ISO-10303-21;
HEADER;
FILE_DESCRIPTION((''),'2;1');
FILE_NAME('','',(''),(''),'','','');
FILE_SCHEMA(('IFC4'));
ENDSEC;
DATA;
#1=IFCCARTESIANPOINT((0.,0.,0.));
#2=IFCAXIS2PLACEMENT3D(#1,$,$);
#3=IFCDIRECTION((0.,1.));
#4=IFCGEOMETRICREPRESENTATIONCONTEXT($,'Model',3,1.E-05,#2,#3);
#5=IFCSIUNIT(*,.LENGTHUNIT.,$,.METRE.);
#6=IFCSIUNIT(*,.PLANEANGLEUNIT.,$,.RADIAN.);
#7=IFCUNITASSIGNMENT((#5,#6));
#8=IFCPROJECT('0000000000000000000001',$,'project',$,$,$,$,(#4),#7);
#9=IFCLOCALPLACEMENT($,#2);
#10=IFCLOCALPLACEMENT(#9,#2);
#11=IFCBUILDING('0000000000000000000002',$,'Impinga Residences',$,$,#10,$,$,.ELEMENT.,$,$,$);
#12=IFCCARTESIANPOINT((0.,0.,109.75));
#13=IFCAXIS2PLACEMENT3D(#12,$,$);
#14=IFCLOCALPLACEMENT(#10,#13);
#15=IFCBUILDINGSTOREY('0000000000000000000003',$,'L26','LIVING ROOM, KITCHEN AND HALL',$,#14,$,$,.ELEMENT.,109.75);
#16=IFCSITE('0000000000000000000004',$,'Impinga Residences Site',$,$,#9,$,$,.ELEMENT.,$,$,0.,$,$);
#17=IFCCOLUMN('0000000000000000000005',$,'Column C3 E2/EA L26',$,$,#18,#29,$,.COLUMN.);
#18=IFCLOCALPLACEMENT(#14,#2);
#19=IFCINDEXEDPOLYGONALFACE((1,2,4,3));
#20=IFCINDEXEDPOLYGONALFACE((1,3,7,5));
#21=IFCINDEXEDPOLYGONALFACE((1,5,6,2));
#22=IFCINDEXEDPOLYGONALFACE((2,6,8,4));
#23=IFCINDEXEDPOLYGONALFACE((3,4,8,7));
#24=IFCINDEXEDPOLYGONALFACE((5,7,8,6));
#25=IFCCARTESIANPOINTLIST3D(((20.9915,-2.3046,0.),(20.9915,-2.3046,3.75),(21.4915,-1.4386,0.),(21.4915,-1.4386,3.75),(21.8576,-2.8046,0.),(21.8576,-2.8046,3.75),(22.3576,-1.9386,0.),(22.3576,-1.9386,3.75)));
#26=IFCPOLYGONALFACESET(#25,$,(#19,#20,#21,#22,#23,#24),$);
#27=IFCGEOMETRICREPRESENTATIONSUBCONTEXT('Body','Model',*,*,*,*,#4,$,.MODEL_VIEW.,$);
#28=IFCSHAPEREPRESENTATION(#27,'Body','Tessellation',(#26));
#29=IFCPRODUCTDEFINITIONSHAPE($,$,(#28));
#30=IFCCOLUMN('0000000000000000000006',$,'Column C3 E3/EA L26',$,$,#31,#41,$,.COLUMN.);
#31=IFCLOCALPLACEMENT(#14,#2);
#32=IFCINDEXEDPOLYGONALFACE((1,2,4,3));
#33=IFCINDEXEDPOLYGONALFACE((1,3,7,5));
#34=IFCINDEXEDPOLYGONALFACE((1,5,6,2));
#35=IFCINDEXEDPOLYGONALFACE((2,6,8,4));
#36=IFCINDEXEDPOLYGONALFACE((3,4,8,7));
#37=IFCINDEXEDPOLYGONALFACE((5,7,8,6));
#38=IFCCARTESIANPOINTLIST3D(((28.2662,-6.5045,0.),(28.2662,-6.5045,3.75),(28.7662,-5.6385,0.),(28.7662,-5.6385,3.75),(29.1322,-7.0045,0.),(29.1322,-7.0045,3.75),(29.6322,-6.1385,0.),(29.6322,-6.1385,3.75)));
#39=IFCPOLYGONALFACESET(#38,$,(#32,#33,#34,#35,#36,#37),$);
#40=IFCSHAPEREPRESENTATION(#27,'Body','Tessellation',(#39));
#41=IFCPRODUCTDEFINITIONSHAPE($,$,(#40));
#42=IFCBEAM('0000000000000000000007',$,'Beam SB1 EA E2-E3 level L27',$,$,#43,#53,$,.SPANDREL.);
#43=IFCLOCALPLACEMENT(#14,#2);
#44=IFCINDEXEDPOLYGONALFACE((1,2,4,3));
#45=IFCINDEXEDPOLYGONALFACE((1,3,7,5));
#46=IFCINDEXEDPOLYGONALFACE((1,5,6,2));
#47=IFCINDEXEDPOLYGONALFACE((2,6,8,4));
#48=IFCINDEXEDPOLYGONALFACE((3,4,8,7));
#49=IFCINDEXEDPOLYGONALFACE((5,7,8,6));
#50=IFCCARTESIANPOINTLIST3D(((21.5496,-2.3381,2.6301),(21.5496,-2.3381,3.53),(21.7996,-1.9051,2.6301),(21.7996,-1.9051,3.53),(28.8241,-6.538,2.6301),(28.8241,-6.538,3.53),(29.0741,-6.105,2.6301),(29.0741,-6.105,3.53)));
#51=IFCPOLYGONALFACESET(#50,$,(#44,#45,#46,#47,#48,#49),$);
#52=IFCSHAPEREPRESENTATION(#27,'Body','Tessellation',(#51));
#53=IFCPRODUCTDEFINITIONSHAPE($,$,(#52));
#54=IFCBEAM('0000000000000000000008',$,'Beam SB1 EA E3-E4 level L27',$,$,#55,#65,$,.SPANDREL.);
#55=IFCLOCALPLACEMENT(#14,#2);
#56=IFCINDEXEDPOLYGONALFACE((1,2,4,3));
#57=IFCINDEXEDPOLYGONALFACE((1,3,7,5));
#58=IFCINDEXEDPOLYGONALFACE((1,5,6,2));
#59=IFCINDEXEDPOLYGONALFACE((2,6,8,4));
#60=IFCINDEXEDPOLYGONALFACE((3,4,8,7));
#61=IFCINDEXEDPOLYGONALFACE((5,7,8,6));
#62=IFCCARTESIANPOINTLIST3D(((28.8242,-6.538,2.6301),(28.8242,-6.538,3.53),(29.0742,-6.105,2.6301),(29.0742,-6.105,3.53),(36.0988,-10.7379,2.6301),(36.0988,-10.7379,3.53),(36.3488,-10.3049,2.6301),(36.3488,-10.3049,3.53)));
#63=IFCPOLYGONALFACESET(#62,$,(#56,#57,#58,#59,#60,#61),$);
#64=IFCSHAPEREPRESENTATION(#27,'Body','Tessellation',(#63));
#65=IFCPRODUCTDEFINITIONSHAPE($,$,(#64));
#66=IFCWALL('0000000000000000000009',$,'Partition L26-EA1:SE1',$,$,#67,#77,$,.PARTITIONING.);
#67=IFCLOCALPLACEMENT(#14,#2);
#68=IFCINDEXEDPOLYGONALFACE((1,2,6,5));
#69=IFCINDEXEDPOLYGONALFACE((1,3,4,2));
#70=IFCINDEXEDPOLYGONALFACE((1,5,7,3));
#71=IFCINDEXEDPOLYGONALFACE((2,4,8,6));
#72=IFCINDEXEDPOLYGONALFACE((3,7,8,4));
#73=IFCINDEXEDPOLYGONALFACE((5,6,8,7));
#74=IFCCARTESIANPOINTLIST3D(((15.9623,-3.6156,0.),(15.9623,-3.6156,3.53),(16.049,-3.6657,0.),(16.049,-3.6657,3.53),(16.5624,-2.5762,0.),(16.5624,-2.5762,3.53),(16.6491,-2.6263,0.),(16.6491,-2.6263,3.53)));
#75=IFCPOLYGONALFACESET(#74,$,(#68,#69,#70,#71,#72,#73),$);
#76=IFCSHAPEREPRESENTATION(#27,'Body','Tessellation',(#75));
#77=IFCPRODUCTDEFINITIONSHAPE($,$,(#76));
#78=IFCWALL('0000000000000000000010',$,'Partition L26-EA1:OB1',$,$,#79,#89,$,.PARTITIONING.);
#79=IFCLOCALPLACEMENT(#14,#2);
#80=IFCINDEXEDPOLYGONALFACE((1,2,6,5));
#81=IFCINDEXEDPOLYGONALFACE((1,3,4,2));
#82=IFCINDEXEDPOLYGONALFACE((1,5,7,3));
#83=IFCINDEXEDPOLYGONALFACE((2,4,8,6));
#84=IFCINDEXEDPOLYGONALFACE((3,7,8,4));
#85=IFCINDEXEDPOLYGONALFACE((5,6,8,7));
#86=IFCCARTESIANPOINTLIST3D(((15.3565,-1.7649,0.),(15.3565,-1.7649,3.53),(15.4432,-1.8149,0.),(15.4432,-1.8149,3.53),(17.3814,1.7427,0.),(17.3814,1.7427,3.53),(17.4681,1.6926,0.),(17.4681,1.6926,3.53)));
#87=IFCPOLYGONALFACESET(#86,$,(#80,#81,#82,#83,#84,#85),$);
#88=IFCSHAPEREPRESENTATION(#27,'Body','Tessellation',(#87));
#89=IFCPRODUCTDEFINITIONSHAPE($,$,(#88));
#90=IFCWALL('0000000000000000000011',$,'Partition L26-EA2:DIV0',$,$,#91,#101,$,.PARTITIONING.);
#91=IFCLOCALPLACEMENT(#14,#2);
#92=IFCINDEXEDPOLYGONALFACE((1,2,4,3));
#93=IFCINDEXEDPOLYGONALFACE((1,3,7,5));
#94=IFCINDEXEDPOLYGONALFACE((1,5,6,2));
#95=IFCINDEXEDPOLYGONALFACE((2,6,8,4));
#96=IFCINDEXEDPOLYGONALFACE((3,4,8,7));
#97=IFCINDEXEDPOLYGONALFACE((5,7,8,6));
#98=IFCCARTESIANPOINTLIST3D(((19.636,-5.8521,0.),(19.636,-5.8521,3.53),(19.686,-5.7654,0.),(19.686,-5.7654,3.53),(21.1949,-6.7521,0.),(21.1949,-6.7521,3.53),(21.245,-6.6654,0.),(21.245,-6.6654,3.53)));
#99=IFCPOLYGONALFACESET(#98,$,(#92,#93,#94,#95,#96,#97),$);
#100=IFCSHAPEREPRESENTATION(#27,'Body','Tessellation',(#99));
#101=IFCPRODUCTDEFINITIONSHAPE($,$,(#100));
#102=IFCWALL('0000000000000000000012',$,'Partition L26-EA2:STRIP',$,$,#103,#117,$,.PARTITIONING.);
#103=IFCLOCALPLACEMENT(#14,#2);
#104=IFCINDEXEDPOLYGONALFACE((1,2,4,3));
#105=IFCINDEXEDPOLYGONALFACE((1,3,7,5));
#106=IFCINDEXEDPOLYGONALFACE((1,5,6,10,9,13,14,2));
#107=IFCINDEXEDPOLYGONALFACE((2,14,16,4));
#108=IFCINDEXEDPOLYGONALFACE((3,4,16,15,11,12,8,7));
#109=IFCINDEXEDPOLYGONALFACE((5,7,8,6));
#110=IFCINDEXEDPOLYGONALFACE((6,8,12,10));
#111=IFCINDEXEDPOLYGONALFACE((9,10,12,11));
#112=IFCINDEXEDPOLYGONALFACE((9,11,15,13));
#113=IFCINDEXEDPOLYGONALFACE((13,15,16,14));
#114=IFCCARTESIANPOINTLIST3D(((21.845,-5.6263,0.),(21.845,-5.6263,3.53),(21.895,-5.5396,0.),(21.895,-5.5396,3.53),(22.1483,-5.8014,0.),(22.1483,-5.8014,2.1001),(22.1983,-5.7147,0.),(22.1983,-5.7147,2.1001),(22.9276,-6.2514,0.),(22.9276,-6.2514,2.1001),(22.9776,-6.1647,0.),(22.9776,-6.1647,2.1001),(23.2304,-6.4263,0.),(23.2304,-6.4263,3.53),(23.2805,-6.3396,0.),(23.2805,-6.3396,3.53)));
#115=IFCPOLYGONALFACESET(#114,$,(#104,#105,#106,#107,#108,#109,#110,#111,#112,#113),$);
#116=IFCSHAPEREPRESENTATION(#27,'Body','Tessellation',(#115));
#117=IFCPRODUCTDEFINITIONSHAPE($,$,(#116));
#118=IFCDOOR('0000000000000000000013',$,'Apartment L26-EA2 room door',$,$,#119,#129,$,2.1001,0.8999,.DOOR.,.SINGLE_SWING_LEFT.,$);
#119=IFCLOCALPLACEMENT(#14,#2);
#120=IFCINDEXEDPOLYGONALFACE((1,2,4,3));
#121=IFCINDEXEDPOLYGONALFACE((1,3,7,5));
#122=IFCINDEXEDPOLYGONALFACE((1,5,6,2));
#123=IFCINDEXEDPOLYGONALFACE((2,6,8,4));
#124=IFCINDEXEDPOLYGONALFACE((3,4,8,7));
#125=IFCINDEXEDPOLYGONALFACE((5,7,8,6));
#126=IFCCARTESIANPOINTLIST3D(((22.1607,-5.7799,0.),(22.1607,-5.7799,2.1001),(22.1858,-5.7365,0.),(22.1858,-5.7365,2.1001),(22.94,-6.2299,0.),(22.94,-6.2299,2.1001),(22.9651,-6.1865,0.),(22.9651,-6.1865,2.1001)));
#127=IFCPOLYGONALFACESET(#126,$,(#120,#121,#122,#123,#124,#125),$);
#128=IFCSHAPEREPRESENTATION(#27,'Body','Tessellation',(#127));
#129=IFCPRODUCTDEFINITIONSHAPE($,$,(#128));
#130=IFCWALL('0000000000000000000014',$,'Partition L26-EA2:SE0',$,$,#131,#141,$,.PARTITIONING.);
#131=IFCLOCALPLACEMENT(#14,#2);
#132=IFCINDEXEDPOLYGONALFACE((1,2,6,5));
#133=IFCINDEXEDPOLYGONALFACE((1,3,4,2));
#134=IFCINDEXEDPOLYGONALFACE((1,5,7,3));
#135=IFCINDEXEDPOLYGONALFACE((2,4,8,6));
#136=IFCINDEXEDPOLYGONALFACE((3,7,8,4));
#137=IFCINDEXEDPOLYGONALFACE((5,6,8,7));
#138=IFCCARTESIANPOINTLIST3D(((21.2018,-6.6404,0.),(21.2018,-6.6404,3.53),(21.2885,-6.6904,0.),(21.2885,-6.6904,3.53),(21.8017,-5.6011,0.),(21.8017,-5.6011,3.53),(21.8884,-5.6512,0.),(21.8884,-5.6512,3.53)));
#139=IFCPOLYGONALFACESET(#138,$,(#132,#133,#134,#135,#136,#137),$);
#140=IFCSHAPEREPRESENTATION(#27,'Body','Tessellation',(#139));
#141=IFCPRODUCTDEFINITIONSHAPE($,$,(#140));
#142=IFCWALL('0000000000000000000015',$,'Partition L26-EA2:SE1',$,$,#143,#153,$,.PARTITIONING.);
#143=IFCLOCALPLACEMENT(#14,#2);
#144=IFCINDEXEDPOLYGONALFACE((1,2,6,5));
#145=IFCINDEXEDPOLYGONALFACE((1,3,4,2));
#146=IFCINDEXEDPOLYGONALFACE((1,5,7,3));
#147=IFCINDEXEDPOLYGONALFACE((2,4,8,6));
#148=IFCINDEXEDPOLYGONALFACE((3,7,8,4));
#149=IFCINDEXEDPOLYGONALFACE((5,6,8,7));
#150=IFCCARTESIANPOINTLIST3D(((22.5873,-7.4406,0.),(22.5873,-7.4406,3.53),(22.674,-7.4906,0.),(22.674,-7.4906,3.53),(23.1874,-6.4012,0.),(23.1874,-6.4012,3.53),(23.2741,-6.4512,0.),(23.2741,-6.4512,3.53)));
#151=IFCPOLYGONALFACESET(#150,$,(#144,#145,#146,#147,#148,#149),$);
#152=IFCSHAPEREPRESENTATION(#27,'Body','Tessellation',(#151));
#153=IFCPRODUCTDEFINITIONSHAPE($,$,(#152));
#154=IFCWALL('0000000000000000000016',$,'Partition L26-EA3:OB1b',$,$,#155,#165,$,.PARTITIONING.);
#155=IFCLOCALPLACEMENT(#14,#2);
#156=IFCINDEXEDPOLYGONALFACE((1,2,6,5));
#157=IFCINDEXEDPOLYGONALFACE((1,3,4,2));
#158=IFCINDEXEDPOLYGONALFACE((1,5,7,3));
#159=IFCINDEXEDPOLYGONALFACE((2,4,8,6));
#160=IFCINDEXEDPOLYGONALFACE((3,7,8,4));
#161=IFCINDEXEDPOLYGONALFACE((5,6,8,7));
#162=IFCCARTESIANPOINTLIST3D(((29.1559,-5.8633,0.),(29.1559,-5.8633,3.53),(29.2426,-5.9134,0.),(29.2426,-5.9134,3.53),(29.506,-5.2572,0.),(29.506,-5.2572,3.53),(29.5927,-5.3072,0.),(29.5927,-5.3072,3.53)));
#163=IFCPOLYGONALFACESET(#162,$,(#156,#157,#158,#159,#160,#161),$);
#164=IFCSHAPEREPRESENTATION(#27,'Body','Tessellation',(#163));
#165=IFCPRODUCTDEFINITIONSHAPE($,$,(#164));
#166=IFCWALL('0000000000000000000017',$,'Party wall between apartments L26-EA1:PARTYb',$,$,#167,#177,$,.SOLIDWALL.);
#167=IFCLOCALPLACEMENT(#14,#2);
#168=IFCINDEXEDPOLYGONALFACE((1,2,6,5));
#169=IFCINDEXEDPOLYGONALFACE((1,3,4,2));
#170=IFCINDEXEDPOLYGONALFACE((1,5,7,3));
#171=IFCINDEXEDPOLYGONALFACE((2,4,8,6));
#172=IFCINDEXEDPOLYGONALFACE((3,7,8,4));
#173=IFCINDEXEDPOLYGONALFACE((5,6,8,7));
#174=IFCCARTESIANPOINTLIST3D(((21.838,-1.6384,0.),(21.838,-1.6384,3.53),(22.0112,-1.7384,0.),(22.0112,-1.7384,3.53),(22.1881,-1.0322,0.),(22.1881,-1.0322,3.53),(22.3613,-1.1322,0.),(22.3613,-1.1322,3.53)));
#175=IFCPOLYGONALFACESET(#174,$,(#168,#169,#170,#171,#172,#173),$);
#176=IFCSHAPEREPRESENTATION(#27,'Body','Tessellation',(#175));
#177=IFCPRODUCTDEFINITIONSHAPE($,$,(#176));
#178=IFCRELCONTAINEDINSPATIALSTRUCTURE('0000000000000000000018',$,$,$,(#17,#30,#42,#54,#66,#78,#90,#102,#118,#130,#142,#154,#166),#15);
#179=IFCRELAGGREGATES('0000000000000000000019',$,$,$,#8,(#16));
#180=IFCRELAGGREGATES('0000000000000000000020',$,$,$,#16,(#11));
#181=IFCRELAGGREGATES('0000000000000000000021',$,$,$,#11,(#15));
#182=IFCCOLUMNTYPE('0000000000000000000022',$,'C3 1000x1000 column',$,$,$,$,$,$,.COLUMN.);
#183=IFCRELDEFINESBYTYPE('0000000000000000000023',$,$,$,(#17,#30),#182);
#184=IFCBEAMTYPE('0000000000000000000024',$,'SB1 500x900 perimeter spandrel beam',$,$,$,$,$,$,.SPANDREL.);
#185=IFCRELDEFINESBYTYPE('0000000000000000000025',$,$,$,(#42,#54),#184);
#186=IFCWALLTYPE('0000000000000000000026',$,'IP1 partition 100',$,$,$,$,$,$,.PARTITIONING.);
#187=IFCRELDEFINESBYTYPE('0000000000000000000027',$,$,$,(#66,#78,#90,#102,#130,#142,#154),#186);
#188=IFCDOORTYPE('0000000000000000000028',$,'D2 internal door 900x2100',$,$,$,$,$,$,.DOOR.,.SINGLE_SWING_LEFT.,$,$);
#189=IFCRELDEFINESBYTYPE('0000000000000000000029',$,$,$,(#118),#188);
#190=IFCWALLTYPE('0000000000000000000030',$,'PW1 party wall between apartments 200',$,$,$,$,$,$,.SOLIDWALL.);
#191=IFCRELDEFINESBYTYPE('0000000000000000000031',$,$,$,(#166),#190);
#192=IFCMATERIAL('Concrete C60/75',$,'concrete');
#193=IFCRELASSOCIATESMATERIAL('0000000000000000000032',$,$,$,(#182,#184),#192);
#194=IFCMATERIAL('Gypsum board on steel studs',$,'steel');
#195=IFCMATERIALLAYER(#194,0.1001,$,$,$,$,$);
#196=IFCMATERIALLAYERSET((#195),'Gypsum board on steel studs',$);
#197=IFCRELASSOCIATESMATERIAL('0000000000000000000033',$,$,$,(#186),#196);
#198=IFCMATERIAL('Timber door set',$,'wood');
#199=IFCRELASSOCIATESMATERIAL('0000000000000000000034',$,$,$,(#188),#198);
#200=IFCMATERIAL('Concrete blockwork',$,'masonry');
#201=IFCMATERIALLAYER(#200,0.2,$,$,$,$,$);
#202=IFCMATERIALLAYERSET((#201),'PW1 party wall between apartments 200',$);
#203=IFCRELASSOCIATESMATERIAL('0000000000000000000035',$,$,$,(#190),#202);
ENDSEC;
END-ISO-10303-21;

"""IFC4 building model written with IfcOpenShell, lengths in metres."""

from ifc_helpers import new_model, si_unit, direction, frame, frame_2d, origin, origin_2d, place, context, subcontext, project, spatial, rectangle, extrude, material, layer, layer_set, material_profile, profile_set, type_object, element, fill, save


model = new_model("IFC4")

# Units and contexts
model_context = context("Model", 3, precision=1e-05, world=origin(), true_north=direction((0.0, 1.0)))
body_context = subcontext(model_context, "Body", "Model", "MODEL_VIEW")
ifc_project = project(units=[si_unit("LENGTHUNIT", "METRE"), si_unit("PLANEANGLEUNIT", "RADIAN")], contexts=[model_context])

# Site, building, storey
site_placement = place(None, origin())
site = spatial("IfcSite", under=ifc_project, at=site_placement, Name="Impinga Residences Site", CompositionType="ELEMENT", RefElevation=0.0)
building_placement = place(site_placement, origin())
building = spatial("IfcBuilding", under=site, at=building_placement, Name="Impinga Residences", CompositionType="ELEMENT")
storey_placement = place(building_placement, frame((0.0, 0.0, 109.75)))
storey = spatial("IfcBuildingStorey", under=building, at=storey_placement, Name="L26", Description="LIVING ROOM, KITCHEN AND HALL", CompositionType="ELEMENT", Elevation=109.75)

# Columns
ifc_material_1 = material(Name="Concrete C60/75", Category="concrete")
ifc_material_profile_1 = material_profile(ifc_material_1, rectangle(XDim=1.0, YDim=1.0, at=origin_2d()), Name="RC 1000x1000")
ifc_profile_set_1 = profile_set([ifc_material_profile_1], Name="Concrete C60/75")
column_type = type_object("IfcColumnType", Name="C3 1000x1000 column", PredefinedType="COLUMN", material=ifc_profile_set_1)
for number, where, z_axis, x_axis, name in (
    (1, (21.6746, -2.1216, 0.0), (0.0, 0.0, 1.0), (-0.5, -0.866025, 0.0), "Column C3 E2/EA L26"),
    (2, (28.9492, -6.3215, 0.0), (0.0, 0.0, 1.0), (-0.5, -0.866025, 0.0), "Column C3 E3/EA L26"),
):
    element("IfcColumn", number, at=place(storey_placement, frame(where, z_axis=z_axis, x_axis=x_axis)), inside=storey, type_object=column_type, Name=name, PredefinedType="COLUMN", context=body_context, shape_type="SweptSolid", body=[
        extrude(rectangle(XDim=1.0, YDim=1.0, at=origin_2d()), origin(), (0.0, 0.0, 1.0), 3.75),
    ])

# Beams
ifc_material_profile_2 = material_profile(ifc_material_1, rectangle(XDim=0.5, YDim=0.8999, at=origin_2d()), Name="RC 500x900")
ifc_profile_set_2 = profile_set([ifc_material_profile_2], Name="Concrete C60/75")
beam_type = type_object("IfcBeamType", Name="SB1 500x900 perimeter spandrel beam", PredefinedType="SPANDREL", material=ifc_profile_set_2)
for number, where, z_axis, x_axis, name in (
    (3, (21.6746, -2.1216, 3.0801), (0.866029, -0.499993, 0.0), (0.499993, 0.866029, 0.0), "Beam SB1 EA E2-E3 level L27"),
    (4, (28.9492, -6.3215, 3.0801), (0.866029, -0.499993, 0.0), (0.499993, 0.866029, 0.0), "Beam SB1 EA E3-E4 level L27"),
):
    element("IfcBeam", number, at=place(storey_placement, frame(where, z_axis=z_axis, x_axis=x_axis)), inside=storey, type_object=beam_type, Name=name, PredefinedType="SPANDREL", context=body_context, shape_type="SweptSolid", body=[
        extrude(rectangle(XDim=0.5, YDim=0.8999, at=origin_2d()), origin(), (0.0, 0.0, 1.0), 8.3999),
    ])

# Walls
ifc_material_2 = material(Name="Gypsum board on steel studs", Category="steel")
ifc_layer_1 = layer(ifc_material_2, 0.1001)
ifc_layer_set_1 = layer_set([ifc_layer_1], Name="Gypsum board on steel studs")
wall_type_1 = type_object("IfcWallType", Name="IP1 partition 100", PredefinedType="PARTITIONING", material=ifc_layer_set_1)
wall_1_placement = place(storey_placement, frame((16.0056, -3.6406, 0.0), z_axis=(0.0, 0.0, 1.0), x_axis=(0.500034, 0.866006, 0.0)))
element("IfcWall", 5, at=wall_1_placement, inside=storey, type_object=wall_type_1, Name="Partition L26-EA1:SE1", PredefinedType="PARTITIONING", context=body_context, shape_type="SweptSolid", body=[
    extrude(rectangle(XDim=1.2002, YDim=0.1001, at=frame_2d((0.6001, 0.0))), origin(), (0.0, 0.0, 1.0), 3.53),
])
wall_2_placement = place(storey_placement, frame((15.3999, -1.7898, 0.0), z_axis=(0.0, 0.0, 1.0), x_axis=(0.499964, 0.866046, 0.0)))
element("IfcWall", 6, at=wall_2_placement, inside=storey, type_object=wall_type_1, Name="Partition L26-EA1:OB1", PredefinedType="PARTITIONING", context=body_context, shape_type="SweptSolid", body=[
    extrude(rectangle(XDim=4.05, YDim=0.1001, at=frame_2d((2.0249, 0.0))), origin(), (0.0, 0.0, 1.0), 3.53),
])
wall_3_placement = place(storey_placement, frame((19.6611, -5.8088, 0.0), z_axis=(0.0, 0.0, 1.0), x_axis=(0.866048, -0.499961, 0.0)))
element("IfcWall", 7, at=wall_3_placement, inside=storey, type_object=wall_type_1, Name="Partition L26-EA2:DIV0", PredefinedType="PARTITIONING", context=body_context, shape_type="SweptSolid", body=[
    extrude(rectangle(XDim=1.8, YDim=0.1001, at=frame_2d((0.8999, 0.0))), origin(), (0.0, 0.0, 1.0), 3.53),
])

# Wall, opening, door
wall_4_placement = place(storey_placement, frame((21.8701, -5.583, 0.0), z_axis=(0.0, 0.0, 1.0), x_axis=(0.86599, -0.500061, 0.0)))
wall_4 = element("IfcWall", 8, at=wall_4_placement, inside=storey, type_object=wall_type_1, Name="Partition L26-EA2:STRIP", PredefinedType="PARTITIONING", context=body_context, shape_type="SweptSolid", body=[
    extrude(rectangle(XDim=1.5999, YDim=0.1001, at=frame_2d((0.7998, 0.0))), origin(), (0.0, 0.0, 1.0), 3.53),
])
opening_placement = place(wall_4_placement, frame((0.3501, 0.0, 0.0)))
opening = element("IfcOpeningElement", 9, at=opening_placement, cuts=wall_4, PredefinedType="OPENING", context=body_context, shape_type="SweptSolid", body=[
    extrude(rectangle(XDim=0.8999, YDim=2.1001, at=frame_2d((0.45, 1.05))), frame((0.0, 0.0601, 0.0), z_axis=(0.0, -1.0, 0.0), x_axis=(1.0, 0.0, 0.0)), (0.0, 0.0, 1.0), 0.1201),
])
ifc_material_3 = material(Name="Timber door set", Category="wood")
door_type = type_object("IfcDoorType", Name="D2 internal door 900x2100", OperationType="SINGLE_SWING_LEFT", PredefinedType="DOOR", material=ifc_material_3)
door_placement = place(opening_placement, origin())
door = element("IfcDoor", 10, at=door_placement, inside=storey, type_object=door_type, Name="Apartment L26-EA2 room door", OperationType="SINGLE_SWING_LEFT", OverallHeight=2.1001, OverallWidth=0.8999, PredefinedType="DOOR", context=body_context, shape_type="SweptSolid", body=[
    extrude(rectangle(XDim=0.8999, YDim=2.1001, at=frame_2d((0.45, 1.05))), frame((0.0, 0.0249, 0.0), z_axis=(0.0, -1.0, 0.0), x_axis=(1.0, 0.0, 0.0)), (0.0, 0.0, 1.0), 0.05),
])
fill(opening, door)

# Walls
wall_5_placement = place(storey_placement, frame((21.2451, -6.6655, 0.0), z_axis=(0.0, 0.0, 1.0), x_axis=(0.499881, 0.866094, 0.0)))
element("IfcWall", 11, at=wall_5_placement, inside=storey, type_object=wall_type_1, Name="Partition L26-EA2:SE0", PredefinedType="PARTITIONING", context=body_context, shape_type="SweptSolid", body=[
    extrude(rectangle(XDim=1.2, YDim=0.1001, at=frame_2d((0.6001, 0.0))), origin(), (0.0, 0.0, 1.0), 3.53),
])
wall_6_placement = place(storey_placement, frame((22.6306, -7.4656, 0.0), z_axis=(0.0, 0.0, 1.0), x_axis=(0.500034, 0.866006, 0.0)))
element("IfcWall", 12, at=wall_6_placement, inside=storey, type_object=wall_type_1, Name="Partition L26-EA2:SE1", PredefinedType="PARTITIONING", context=body_context, shape_type="SweptSolid", body=[
    extrude(rectangle(XDim=1.2002, YDim=0.1001, at=frame_2d((0.6001, 0.0))), origin(), (0.0, 0.0, 1.0), 3.53),
])
wall_7_placement = place(storey_placement, frame((29.1992, -5.8884, 0.0), z_axis=(0.0, 0.0, 1.0), x_axis=(0.500115, 0.865959, 0.0)))
element("IfcWall", 13, at=wall_7_placement, inside=storey, type_object=wall_type_1, Name="Partition L26-EA3:OB1b", PredefinedType="PARTITIONING", context=body_context, shape_type="SweptSolid", body=[
    extrude(rectangle(XDim=0.7, YDim=0.1001, at=frame_2d((0.3501, 0.0))), origin(), (0.0, 0.0, 1.0), 3.53),
])
ifc_material_4 = material(Name="Concrete blockwork", Category="masonry")
ifc_layer_2 = layer(ifc_material_4, 0.2)
ifc_layer_set_2 = layer_set([ifc_layer_2], Name="PW1 party wall between apartments 200")
wall_type_2 = type_object("IfcWallType", Name="PW1 party wall between apartments 200", PredefinedType="SOLIDWALL", material=ifc_layer_set_2)
wall_8_placement = place(storey_placement, frame((21.9246, -1.6885, 0.0), z_axis=(0.0, 0.0, 1.0), x_axis=(0.500115, 0.865959, 0.0)))
element("IfcWall", 14, at=wall_8_placement, inside=storey, type_object=wall_type_2, Name="Party wall between apartments L26-EA1:PARTYb", PredefinedType="SOLIDWALL", context=body_context, shape_type="SweptSolid", body=[
    extrude(rectangle(XDim=0.7, YDim=0.2, at=frame_2d((0.3501, 0.0))), origin(), (0.0, 0.0, 1.0), 3.53),
])

save(model, "model.ifc")
